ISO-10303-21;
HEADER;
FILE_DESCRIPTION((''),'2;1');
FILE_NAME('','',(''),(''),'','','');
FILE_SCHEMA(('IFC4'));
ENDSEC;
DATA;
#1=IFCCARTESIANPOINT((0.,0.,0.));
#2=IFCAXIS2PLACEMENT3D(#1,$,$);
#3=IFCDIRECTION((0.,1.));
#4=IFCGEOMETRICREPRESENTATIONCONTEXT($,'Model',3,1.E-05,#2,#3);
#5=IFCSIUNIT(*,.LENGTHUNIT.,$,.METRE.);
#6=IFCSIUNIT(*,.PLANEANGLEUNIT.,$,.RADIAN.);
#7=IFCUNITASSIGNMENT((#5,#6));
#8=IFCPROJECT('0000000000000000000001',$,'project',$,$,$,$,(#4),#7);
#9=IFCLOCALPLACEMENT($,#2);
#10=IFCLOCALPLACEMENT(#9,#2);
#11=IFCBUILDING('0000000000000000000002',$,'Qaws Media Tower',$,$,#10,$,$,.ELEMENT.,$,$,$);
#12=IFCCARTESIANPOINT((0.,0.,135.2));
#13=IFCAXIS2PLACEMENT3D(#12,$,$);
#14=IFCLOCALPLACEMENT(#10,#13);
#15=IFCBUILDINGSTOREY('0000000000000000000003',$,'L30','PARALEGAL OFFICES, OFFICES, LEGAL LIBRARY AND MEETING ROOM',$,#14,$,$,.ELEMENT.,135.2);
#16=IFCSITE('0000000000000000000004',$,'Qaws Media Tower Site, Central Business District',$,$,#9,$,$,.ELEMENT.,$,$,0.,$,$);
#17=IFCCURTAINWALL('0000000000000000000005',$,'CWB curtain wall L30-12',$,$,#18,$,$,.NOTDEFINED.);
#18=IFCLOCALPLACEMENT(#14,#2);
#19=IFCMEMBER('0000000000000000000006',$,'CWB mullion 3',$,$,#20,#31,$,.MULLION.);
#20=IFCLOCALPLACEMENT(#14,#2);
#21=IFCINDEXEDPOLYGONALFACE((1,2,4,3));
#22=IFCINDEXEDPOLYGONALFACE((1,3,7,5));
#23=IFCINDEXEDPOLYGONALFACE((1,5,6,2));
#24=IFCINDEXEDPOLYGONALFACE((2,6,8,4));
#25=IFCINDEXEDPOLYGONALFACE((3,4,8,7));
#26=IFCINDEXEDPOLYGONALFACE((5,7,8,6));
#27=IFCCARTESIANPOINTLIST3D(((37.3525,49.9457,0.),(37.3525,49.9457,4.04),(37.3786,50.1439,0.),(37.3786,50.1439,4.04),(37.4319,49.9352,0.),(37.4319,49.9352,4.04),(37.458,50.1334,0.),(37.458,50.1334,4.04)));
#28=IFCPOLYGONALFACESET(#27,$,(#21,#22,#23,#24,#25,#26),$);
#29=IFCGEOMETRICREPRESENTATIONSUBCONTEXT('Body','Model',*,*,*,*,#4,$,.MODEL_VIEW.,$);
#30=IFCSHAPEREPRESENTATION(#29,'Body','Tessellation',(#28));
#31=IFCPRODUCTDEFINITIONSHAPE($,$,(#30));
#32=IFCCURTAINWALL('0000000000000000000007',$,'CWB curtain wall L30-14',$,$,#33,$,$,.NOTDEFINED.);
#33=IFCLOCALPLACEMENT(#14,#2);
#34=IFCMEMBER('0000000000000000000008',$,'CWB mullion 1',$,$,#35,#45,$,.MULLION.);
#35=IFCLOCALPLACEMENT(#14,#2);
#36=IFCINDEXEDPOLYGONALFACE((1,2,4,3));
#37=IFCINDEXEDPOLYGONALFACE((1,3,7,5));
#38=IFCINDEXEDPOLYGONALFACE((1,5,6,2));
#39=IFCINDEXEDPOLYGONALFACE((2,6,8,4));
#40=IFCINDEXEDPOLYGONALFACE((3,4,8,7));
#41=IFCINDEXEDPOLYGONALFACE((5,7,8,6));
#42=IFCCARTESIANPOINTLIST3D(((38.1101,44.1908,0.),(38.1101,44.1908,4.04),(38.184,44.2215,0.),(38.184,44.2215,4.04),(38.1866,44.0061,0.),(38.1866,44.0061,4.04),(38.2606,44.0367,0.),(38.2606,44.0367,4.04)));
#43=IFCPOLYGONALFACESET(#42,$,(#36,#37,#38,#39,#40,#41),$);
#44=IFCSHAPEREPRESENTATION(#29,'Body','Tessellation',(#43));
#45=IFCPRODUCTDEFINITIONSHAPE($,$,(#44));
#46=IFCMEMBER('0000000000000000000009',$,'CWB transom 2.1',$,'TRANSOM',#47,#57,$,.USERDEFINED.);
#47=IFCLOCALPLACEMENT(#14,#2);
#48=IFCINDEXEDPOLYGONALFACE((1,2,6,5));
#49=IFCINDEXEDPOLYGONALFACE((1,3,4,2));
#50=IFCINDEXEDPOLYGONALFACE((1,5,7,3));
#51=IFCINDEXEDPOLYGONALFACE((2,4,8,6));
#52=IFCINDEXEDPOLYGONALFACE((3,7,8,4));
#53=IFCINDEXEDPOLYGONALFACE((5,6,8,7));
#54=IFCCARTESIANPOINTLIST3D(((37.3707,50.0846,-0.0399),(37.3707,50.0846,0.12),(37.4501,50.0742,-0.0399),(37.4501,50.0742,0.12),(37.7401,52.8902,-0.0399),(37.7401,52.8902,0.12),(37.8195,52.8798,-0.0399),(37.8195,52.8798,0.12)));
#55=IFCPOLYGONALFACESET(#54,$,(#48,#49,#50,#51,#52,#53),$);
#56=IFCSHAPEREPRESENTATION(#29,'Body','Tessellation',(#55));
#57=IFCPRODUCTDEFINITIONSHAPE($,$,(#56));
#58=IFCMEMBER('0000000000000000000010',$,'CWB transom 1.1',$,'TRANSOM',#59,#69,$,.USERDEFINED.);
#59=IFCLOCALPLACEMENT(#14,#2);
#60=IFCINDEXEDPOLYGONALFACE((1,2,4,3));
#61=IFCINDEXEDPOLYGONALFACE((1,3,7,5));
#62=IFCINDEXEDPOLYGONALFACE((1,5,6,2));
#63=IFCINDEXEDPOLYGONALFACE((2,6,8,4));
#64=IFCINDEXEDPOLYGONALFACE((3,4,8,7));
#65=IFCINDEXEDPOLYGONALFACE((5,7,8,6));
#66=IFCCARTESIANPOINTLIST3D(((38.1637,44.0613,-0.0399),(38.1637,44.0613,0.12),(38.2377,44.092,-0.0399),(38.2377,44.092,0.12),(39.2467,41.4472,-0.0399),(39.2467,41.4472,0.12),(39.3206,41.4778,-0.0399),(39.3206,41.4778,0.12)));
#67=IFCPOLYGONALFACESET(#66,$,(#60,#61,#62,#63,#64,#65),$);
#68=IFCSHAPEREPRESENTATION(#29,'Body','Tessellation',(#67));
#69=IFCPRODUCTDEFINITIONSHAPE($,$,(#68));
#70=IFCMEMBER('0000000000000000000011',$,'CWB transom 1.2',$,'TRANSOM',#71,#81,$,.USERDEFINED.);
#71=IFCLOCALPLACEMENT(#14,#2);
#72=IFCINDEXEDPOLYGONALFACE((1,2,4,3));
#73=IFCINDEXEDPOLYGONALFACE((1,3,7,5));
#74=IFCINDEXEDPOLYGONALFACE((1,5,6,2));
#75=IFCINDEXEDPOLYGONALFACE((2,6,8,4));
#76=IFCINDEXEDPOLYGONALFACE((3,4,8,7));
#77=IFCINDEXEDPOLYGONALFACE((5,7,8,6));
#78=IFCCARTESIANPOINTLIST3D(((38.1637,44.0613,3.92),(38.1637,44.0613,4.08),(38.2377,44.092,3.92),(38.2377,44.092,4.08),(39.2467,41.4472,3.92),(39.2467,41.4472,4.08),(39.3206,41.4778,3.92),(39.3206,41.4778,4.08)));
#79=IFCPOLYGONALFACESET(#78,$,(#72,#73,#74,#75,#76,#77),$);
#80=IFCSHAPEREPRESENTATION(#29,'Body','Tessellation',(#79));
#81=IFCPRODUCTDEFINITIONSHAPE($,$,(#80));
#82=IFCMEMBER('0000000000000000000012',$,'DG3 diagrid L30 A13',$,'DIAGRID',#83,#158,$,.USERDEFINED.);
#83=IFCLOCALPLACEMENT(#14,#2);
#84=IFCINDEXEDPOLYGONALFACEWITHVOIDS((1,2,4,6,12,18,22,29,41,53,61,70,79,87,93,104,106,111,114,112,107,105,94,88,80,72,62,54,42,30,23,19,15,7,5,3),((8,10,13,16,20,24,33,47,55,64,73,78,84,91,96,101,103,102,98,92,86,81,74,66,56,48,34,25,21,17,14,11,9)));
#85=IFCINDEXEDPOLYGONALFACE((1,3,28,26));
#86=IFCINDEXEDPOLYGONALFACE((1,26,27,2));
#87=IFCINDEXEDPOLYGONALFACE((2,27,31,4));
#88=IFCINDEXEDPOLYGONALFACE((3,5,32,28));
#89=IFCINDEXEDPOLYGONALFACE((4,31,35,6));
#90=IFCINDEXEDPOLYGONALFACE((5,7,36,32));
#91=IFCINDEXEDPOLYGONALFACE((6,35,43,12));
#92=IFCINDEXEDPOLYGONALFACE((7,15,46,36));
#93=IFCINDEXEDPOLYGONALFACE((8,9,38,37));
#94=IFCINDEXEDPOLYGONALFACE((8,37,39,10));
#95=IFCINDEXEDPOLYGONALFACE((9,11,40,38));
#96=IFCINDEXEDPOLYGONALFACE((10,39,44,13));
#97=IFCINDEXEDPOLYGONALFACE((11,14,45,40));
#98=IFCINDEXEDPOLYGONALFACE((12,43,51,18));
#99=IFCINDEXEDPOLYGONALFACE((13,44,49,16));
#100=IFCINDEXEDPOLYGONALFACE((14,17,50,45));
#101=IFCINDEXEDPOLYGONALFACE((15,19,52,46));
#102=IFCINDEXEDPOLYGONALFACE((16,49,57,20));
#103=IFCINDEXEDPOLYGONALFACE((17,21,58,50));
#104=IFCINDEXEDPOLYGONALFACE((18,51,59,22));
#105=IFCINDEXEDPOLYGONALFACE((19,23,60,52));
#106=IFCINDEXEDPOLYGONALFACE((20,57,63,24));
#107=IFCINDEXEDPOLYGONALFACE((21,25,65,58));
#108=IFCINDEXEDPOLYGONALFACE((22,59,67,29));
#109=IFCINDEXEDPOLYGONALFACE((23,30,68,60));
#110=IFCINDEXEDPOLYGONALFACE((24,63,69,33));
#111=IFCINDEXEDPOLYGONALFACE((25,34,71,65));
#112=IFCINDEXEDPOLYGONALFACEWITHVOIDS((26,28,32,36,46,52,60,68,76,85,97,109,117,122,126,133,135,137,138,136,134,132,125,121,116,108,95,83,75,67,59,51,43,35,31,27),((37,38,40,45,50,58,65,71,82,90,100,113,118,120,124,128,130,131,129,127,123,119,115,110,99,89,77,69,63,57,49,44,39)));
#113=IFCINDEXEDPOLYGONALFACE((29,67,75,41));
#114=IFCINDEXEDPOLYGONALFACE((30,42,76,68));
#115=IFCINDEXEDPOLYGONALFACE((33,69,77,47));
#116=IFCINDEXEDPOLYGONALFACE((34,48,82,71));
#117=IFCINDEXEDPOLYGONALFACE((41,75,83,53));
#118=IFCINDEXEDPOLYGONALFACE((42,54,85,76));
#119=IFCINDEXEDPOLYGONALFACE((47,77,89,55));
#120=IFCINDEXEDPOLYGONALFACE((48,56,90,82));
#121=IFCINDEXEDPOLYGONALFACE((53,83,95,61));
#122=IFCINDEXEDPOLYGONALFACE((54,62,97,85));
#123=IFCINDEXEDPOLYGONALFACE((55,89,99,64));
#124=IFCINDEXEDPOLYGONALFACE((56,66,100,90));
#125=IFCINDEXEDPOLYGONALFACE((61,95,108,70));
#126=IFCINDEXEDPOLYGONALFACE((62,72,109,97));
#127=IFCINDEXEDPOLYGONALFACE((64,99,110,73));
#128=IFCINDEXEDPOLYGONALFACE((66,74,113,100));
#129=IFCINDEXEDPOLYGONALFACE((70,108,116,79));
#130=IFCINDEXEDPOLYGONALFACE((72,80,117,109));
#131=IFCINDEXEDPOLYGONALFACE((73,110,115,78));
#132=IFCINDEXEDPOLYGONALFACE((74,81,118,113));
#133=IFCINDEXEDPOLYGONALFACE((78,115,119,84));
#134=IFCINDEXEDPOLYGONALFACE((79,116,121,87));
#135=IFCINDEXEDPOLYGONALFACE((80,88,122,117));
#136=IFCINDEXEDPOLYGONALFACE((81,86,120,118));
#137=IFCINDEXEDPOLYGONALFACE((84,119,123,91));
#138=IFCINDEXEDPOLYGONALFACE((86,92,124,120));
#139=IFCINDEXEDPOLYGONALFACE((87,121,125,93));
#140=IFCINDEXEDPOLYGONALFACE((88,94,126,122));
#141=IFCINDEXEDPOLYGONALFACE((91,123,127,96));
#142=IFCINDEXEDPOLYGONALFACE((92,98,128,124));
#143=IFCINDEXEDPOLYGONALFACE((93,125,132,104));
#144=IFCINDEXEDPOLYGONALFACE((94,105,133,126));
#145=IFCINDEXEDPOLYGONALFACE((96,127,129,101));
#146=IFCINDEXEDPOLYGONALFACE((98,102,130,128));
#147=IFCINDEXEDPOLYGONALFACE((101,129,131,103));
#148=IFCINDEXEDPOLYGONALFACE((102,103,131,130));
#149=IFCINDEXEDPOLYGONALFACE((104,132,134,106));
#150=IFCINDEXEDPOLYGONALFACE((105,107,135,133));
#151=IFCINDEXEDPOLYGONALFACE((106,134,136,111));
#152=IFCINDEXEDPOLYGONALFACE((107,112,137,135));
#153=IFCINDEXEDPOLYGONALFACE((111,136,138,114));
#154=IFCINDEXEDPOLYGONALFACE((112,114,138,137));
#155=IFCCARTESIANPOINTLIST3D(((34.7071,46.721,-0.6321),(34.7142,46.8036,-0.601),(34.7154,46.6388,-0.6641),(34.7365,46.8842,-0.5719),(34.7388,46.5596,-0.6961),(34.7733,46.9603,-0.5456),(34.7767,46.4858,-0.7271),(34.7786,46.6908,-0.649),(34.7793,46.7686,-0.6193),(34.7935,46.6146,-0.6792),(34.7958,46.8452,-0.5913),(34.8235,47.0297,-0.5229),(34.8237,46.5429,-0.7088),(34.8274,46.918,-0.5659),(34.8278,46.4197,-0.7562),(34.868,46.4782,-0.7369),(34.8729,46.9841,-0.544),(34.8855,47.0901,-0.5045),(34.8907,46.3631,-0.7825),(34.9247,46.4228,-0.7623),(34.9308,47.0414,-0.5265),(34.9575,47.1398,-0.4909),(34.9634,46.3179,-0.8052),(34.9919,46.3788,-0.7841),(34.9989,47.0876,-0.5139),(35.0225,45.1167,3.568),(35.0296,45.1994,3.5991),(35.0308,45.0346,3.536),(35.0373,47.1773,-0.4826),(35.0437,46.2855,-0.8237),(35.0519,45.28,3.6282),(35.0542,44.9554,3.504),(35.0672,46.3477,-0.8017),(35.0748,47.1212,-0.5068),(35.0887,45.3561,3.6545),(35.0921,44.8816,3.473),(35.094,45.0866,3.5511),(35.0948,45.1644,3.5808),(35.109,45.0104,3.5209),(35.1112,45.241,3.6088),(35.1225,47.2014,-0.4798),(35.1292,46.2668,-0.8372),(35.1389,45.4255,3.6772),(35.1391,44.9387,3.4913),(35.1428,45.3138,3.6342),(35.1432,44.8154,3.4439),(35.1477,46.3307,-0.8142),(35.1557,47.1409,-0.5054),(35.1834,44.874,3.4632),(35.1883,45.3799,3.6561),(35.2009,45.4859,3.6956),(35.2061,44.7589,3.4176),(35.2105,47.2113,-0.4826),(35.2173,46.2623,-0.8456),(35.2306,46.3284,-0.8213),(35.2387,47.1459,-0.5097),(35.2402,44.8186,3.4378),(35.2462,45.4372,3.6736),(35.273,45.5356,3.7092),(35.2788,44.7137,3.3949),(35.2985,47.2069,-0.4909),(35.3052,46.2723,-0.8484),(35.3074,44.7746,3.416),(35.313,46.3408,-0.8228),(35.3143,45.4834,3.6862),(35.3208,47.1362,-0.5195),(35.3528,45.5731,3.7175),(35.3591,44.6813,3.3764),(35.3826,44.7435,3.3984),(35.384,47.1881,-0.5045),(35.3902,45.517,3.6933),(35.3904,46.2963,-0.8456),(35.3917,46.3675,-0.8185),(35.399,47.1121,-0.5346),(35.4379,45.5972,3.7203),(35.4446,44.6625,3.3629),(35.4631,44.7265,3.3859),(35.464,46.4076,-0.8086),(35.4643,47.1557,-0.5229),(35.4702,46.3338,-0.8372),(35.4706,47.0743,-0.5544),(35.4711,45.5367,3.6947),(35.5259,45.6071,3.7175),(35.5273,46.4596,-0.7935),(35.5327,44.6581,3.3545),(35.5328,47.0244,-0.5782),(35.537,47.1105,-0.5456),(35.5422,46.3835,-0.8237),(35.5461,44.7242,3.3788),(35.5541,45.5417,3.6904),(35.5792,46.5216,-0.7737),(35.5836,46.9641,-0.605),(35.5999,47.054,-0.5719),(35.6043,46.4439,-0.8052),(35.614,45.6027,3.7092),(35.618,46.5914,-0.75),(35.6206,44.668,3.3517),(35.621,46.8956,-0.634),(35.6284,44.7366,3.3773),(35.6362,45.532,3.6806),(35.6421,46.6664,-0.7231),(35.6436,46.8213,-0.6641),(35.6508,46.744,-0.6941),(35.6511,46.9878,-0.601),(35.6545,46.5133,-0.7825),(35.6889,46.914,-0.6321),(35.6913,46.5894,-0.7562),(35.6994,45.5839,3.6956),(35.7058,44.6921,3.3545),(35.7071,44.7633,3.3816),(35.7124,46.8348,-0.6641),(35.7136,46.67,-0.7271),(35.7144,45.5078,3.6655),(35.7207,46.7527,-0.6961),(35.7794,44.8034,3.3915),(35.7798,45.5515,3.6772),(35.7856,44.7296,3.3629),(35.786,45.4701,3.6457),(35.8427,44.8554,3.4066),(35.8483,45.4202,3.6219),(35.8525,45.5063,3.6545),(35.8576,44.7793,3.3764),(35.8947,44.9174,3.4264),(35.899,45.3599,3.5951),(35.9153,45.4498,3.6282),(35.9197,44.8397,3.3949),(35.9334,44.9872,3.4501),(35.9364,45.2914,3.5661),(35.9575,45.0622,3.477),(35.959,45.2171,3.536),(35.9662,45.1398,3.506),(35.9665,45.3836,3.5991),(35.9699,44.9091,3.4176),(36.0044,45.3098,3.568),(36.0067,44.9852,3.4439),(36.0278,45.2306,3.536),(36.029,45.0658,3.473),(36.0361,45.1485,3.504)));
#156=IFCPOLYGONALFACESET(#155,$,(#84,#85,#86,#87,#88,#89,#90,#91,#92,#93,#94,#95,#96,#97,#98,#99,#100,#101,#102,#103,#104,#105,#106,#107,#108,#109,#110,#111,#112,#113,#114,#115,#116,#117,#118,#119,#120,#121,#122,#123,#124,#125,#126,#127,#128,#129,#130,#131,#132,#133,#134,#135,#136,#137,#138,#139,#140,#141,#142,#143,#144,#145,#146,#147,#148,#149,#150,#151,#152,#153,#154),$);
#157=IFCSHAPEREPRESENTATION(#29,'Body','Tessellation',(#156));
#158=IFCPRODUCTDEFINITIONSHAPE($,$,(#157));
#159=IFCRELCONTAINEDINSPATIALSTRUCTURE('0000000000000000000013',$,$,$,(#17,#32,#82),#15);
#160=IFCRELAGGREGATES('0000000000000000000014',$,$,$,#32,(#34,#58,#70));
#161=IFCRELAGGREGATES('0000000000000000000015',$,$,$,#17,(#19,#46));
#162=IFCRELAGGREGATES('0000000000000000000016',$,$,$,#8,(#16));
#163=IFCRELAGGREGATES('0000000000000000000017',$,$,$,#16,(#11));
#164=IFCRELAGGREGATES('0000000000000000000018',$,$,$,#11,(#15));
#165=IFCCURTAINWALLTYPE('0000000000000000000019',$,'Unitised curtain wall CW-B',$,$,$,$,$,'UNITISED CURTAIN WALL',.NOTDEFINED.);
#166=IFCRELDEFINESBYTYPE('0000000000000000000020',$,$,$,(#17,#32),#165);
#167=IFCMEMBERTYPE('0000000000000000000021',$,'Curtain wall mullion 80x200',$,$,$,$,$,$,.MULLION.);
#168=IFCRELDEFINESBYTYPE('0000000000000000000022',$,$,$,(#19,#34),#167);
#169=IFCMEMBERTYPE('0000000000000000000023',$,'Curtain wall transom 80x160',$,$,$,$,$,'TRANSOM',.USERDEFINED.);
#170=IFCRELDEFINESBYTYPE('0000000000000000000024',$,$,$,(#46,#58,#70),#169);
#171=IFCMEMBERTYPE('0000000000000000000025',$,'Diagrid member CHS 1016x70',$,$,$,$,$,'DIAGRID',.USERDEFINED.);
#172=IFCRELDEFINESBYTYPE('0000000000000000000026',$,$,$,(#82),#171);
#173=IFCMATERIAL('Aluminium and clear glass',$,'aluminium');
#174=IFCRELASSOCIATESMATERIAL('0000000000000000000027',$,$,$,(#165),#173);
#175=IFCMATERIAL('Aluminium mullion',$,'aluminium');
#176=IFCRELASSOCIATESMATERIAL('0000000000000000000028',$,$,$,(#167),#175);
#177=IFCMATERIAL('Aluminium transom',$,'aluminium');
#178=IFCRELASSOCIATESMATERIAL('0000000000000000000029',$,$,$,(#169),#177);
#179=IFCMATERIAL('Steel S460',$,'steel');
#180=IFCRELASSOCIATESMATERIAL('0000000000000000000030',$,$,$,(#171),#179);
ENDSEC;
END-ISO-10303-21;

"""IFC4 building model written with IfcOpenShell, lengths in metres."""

from ifc_helpers import new_model, si_unit, direction, frame, origin, origin_2d, place, context, subcontext, project, spatial, rectangle, hollow_circle, extrude, material, material_profile, profile_set, type_object, element, aggregate, save


model = new_model("IFC4")

# Units and contexts
model_context = context("Model", 3, precision=1e-05, world=origin(), true_north=direction((0.0, 1.0)))
body_context = subcontext(model_context, "Body", "Model", "MODEL_VIEW")
ifc_project = project(units=[si_unit("LENGTHUNIT", "METRE"), si_unit("PLANEANGLEUNIT", "RADIAN")], contexts=[model_context])

# Site, building, storey
site_placement = place(None, origin())
site = spatial("IfcSite", under=ifc_project, at=site_placement, Name="Qaws Media Tower Site, Central Business District", CompositionType="ELEMENT", RefElevation=0.0)
building_placement = place(site_placement, origin())
building = spatial("IfcBuilding", under=site, at=building_placement, Name="Qaws Media Tower", CompositionType="ELEMENT")
storey_placement = place(building_placement, frame((0.0, 0.0, 135.2)))
storey = spatial("IfcBuildingStorey", under=building, at=storey_placement, Name="L30", Description="PARALEGAL OFFICES, OFFICES, LEGAL LIBRARY AND MEETING ROOM", CompositionType="ELEMENT", Elevation=135.2)

# Curtain walls, members
ifc_material_1 = material(Name="Aluminium and clear glass", Category="aluminium")
curtain_wall_type = type_object("IfcCurtainWallType", Name="Unitised curtain wall CW-B", ElementType="UNITISED CURTAIN WALL", PredefinedType="NOTDEFINED", material=ifc_material_1)
curtain_wall_1_placement = place(storey_placement, origin())
curtain_wall_1 = element("IfcCurtainWall", 1, at=curtain_wall_1_placement, inside=storey, type_object=curtain_wall_type, Name="CWB curtain wall L30-12", PredefinedType="NOTDEFINED")
ifc_material_2 = material(Name="Aluminium mullion", Category="aluminium")
ifc_material_profile_1 = material_profile(ifc_material_2, rectangle(XDim=0.0801, YDim=0.2, at=origin_2d()), Name="80x200")
ifc_profile_set_1 = profile_set([ifc_material_profile_1], Name="Aluminium mullion")
member_type_1 = type_object("IfcMemberType", Name="Curtain wall mullion 80x200", PredefinedType="MULLION", material=ifc_profile_set_1)
member_1_placement = place(storey_placement, frame((37.4053, 50.0396, 0.0), z_axis=(0.0, 0.0, 1.0), x_axis=(0.991445, -0.130526, 0.0)))
member_1 = element("IfcMember", 2, at=member_1_placement, type_object=member_type_1, Name="CWB mullion 3", PredefinedType="MULLION", context=body_context, shape_type="SweptSolid", body=[
    extrude(rectangle(XDim=0.0801, YDim=0.2, at=origin_2d()), origin(), (0.0, 0.0, 1.0), 4.04),
])
curtain_wall_2_placement = place(storey_placement, origin())
curtain_wall_2 = element("IfcCurtainWall", 3, at=curtain_wall_2_placement, inside=storey, type_object=curtain_wall_type, Name="CWB curtain wall L30-14", PredefinedType="NOTDEFINED")
member_2_placement = place(storey_placement, frame((38.1853, 44.1138, 0.0), z_axis=(0.0, 0.0, 1.0), x_axis=(0.92388, 0.382683, 0.0)))
member_2 = element("IfcMember", 4, at=member_2_placement, type_object=member_type_1, Name="CWB mullion 1", PredefinedType="MULLION", context=body_context, shape_type="SweptSolid", body=[
    extrude(rectangle(XDim=0.0801, YDim=0.2, at=origin_2d()), origin(), (0.0, 0.0, 1.0), 4.04),
])

# Members
ifc_material_3 = material(Name="Aluminium transom", Category="aluminium")
ifc_material_profile_2 = material_profile(ifc_material_3, rectangle(XDim=0.0801, YDim=0.1599, at=origin_2d()), Name="80x160")
ifc_profile_set_2 = profile_set([ifc_material_profile_2], Name="Aluminium transom")
member_type_2 = type_object("IfcMemberType", Name="Curtain wall transom 80x160", ElementType="TRANSOM", PredefinedType="USERDEFINED", material=ifc_profile_set_2)
member_3_placement = place(storey_placement, frame((37.7798, 52.885, 0.04), z_axis=(-0.13053, -0.991444, 0.0), x_axis=(0.991444, -0.13053, 0.0)))
member_3 = element("IfcMember", 5, at=member_3_placement, type_object=member_type_2, Name="CWB transom 2.1", ObjectType="TRANSOM", PredefinedType="USERDEFINED", context=body_context, shape_type="SweptSolid", body=[
    extrude(rectangle(XDim=0.0801, YDim=0.1599, at=origin_2d()), origin(), (0.0, 0.0, 1.0), 2.8298),
])
member_4_placement = place(storey_placement, frame((38.2007, 44.0767, 0.04), z_axis=(0.382728, -0.923861, 0.0), x_axis=(0.923861, 0.382728, 0.0)))
member_4 = element("IfcMember", 6, at=member_4_placement, type_object=member_type_2, Name="CWB transom 1.1", ObjectType="TRANSOM", PredefinedType="USERDEFINED", context=body_context, shape_type="SweptSolid", body=[
    extrude(rectangle(XDim=0.0801, YDim=0.1599, at=origin_2d()), origin(), (0.0, 0.0, 1.0), 2.8296),
])
member_5_placement = place(storey_placement, frame((38.2007, 44.0767, 4.0), z_axis=(0.382728, -0.923861, 0.0), x_axis=(0.923861, 0.382728, 0.0)))
member_5 = element("IfcMember", 7, at=member_5_placement, type_object=member_type_2, Name="CWB transom 1.2", ObjectType="TRANSOM", PredefinedType="USERDEFINED", context=body_context, shape_type="SweptSolid", body=[
    extrude(rectangle(XDim=0.0801, YDim=0.1599, at=origin_2d()), origin(), (0.0, 0.0, 1.0), 2.8296),
])
aggregate(curtain_wall_2, [member_2, member_4, member_5])

# Member
ifc_material_4 = material(Name="Steel S460", Category="steel")
ifc_material_profile_3 = material_profile(ifc_material_4, hollow_circle(Radius=0.5081, WallThickness=0.0701, at=origin_2d()), Name="CHS 1016x70")
ifc_profile_set_3 = profile_set([ifc_material_profile_3], Name="Steel S460")
member_type_3 = type_object("IfcMemberType", Name="Diagrid member CHS 1016x70", ElementType="DIAGRID", PredefinedType="USERDEFINED", material=ifc_profile_set_3)
member_6_placement = place(storey_placement, frame((35.2139, 46.7368, -0.6641), z_axis=(0.069984, -0.355931, 0.931888), x_axis=(0.981213, 0.192928, 0.0)))
element("IfcMember", 8, at=member_6_placement, inside=storey, type_object=member_type_3, Name="DG3 diagrid L30 A13", ObjectType="DIAGRID", PredefinedType="USERDEFINED", context=body_context, shape_type="SweptSolid", body=[
    extrude(hollow_circle(Radius=0.5081, WallThickness=0.0701, at=origin_2d()), origin(), (0.0, 0.0, 1.0), 4.5071),
])

aggregate(curtain_wall_1, [member_1, member_3])

save(model, "model.ifc")
